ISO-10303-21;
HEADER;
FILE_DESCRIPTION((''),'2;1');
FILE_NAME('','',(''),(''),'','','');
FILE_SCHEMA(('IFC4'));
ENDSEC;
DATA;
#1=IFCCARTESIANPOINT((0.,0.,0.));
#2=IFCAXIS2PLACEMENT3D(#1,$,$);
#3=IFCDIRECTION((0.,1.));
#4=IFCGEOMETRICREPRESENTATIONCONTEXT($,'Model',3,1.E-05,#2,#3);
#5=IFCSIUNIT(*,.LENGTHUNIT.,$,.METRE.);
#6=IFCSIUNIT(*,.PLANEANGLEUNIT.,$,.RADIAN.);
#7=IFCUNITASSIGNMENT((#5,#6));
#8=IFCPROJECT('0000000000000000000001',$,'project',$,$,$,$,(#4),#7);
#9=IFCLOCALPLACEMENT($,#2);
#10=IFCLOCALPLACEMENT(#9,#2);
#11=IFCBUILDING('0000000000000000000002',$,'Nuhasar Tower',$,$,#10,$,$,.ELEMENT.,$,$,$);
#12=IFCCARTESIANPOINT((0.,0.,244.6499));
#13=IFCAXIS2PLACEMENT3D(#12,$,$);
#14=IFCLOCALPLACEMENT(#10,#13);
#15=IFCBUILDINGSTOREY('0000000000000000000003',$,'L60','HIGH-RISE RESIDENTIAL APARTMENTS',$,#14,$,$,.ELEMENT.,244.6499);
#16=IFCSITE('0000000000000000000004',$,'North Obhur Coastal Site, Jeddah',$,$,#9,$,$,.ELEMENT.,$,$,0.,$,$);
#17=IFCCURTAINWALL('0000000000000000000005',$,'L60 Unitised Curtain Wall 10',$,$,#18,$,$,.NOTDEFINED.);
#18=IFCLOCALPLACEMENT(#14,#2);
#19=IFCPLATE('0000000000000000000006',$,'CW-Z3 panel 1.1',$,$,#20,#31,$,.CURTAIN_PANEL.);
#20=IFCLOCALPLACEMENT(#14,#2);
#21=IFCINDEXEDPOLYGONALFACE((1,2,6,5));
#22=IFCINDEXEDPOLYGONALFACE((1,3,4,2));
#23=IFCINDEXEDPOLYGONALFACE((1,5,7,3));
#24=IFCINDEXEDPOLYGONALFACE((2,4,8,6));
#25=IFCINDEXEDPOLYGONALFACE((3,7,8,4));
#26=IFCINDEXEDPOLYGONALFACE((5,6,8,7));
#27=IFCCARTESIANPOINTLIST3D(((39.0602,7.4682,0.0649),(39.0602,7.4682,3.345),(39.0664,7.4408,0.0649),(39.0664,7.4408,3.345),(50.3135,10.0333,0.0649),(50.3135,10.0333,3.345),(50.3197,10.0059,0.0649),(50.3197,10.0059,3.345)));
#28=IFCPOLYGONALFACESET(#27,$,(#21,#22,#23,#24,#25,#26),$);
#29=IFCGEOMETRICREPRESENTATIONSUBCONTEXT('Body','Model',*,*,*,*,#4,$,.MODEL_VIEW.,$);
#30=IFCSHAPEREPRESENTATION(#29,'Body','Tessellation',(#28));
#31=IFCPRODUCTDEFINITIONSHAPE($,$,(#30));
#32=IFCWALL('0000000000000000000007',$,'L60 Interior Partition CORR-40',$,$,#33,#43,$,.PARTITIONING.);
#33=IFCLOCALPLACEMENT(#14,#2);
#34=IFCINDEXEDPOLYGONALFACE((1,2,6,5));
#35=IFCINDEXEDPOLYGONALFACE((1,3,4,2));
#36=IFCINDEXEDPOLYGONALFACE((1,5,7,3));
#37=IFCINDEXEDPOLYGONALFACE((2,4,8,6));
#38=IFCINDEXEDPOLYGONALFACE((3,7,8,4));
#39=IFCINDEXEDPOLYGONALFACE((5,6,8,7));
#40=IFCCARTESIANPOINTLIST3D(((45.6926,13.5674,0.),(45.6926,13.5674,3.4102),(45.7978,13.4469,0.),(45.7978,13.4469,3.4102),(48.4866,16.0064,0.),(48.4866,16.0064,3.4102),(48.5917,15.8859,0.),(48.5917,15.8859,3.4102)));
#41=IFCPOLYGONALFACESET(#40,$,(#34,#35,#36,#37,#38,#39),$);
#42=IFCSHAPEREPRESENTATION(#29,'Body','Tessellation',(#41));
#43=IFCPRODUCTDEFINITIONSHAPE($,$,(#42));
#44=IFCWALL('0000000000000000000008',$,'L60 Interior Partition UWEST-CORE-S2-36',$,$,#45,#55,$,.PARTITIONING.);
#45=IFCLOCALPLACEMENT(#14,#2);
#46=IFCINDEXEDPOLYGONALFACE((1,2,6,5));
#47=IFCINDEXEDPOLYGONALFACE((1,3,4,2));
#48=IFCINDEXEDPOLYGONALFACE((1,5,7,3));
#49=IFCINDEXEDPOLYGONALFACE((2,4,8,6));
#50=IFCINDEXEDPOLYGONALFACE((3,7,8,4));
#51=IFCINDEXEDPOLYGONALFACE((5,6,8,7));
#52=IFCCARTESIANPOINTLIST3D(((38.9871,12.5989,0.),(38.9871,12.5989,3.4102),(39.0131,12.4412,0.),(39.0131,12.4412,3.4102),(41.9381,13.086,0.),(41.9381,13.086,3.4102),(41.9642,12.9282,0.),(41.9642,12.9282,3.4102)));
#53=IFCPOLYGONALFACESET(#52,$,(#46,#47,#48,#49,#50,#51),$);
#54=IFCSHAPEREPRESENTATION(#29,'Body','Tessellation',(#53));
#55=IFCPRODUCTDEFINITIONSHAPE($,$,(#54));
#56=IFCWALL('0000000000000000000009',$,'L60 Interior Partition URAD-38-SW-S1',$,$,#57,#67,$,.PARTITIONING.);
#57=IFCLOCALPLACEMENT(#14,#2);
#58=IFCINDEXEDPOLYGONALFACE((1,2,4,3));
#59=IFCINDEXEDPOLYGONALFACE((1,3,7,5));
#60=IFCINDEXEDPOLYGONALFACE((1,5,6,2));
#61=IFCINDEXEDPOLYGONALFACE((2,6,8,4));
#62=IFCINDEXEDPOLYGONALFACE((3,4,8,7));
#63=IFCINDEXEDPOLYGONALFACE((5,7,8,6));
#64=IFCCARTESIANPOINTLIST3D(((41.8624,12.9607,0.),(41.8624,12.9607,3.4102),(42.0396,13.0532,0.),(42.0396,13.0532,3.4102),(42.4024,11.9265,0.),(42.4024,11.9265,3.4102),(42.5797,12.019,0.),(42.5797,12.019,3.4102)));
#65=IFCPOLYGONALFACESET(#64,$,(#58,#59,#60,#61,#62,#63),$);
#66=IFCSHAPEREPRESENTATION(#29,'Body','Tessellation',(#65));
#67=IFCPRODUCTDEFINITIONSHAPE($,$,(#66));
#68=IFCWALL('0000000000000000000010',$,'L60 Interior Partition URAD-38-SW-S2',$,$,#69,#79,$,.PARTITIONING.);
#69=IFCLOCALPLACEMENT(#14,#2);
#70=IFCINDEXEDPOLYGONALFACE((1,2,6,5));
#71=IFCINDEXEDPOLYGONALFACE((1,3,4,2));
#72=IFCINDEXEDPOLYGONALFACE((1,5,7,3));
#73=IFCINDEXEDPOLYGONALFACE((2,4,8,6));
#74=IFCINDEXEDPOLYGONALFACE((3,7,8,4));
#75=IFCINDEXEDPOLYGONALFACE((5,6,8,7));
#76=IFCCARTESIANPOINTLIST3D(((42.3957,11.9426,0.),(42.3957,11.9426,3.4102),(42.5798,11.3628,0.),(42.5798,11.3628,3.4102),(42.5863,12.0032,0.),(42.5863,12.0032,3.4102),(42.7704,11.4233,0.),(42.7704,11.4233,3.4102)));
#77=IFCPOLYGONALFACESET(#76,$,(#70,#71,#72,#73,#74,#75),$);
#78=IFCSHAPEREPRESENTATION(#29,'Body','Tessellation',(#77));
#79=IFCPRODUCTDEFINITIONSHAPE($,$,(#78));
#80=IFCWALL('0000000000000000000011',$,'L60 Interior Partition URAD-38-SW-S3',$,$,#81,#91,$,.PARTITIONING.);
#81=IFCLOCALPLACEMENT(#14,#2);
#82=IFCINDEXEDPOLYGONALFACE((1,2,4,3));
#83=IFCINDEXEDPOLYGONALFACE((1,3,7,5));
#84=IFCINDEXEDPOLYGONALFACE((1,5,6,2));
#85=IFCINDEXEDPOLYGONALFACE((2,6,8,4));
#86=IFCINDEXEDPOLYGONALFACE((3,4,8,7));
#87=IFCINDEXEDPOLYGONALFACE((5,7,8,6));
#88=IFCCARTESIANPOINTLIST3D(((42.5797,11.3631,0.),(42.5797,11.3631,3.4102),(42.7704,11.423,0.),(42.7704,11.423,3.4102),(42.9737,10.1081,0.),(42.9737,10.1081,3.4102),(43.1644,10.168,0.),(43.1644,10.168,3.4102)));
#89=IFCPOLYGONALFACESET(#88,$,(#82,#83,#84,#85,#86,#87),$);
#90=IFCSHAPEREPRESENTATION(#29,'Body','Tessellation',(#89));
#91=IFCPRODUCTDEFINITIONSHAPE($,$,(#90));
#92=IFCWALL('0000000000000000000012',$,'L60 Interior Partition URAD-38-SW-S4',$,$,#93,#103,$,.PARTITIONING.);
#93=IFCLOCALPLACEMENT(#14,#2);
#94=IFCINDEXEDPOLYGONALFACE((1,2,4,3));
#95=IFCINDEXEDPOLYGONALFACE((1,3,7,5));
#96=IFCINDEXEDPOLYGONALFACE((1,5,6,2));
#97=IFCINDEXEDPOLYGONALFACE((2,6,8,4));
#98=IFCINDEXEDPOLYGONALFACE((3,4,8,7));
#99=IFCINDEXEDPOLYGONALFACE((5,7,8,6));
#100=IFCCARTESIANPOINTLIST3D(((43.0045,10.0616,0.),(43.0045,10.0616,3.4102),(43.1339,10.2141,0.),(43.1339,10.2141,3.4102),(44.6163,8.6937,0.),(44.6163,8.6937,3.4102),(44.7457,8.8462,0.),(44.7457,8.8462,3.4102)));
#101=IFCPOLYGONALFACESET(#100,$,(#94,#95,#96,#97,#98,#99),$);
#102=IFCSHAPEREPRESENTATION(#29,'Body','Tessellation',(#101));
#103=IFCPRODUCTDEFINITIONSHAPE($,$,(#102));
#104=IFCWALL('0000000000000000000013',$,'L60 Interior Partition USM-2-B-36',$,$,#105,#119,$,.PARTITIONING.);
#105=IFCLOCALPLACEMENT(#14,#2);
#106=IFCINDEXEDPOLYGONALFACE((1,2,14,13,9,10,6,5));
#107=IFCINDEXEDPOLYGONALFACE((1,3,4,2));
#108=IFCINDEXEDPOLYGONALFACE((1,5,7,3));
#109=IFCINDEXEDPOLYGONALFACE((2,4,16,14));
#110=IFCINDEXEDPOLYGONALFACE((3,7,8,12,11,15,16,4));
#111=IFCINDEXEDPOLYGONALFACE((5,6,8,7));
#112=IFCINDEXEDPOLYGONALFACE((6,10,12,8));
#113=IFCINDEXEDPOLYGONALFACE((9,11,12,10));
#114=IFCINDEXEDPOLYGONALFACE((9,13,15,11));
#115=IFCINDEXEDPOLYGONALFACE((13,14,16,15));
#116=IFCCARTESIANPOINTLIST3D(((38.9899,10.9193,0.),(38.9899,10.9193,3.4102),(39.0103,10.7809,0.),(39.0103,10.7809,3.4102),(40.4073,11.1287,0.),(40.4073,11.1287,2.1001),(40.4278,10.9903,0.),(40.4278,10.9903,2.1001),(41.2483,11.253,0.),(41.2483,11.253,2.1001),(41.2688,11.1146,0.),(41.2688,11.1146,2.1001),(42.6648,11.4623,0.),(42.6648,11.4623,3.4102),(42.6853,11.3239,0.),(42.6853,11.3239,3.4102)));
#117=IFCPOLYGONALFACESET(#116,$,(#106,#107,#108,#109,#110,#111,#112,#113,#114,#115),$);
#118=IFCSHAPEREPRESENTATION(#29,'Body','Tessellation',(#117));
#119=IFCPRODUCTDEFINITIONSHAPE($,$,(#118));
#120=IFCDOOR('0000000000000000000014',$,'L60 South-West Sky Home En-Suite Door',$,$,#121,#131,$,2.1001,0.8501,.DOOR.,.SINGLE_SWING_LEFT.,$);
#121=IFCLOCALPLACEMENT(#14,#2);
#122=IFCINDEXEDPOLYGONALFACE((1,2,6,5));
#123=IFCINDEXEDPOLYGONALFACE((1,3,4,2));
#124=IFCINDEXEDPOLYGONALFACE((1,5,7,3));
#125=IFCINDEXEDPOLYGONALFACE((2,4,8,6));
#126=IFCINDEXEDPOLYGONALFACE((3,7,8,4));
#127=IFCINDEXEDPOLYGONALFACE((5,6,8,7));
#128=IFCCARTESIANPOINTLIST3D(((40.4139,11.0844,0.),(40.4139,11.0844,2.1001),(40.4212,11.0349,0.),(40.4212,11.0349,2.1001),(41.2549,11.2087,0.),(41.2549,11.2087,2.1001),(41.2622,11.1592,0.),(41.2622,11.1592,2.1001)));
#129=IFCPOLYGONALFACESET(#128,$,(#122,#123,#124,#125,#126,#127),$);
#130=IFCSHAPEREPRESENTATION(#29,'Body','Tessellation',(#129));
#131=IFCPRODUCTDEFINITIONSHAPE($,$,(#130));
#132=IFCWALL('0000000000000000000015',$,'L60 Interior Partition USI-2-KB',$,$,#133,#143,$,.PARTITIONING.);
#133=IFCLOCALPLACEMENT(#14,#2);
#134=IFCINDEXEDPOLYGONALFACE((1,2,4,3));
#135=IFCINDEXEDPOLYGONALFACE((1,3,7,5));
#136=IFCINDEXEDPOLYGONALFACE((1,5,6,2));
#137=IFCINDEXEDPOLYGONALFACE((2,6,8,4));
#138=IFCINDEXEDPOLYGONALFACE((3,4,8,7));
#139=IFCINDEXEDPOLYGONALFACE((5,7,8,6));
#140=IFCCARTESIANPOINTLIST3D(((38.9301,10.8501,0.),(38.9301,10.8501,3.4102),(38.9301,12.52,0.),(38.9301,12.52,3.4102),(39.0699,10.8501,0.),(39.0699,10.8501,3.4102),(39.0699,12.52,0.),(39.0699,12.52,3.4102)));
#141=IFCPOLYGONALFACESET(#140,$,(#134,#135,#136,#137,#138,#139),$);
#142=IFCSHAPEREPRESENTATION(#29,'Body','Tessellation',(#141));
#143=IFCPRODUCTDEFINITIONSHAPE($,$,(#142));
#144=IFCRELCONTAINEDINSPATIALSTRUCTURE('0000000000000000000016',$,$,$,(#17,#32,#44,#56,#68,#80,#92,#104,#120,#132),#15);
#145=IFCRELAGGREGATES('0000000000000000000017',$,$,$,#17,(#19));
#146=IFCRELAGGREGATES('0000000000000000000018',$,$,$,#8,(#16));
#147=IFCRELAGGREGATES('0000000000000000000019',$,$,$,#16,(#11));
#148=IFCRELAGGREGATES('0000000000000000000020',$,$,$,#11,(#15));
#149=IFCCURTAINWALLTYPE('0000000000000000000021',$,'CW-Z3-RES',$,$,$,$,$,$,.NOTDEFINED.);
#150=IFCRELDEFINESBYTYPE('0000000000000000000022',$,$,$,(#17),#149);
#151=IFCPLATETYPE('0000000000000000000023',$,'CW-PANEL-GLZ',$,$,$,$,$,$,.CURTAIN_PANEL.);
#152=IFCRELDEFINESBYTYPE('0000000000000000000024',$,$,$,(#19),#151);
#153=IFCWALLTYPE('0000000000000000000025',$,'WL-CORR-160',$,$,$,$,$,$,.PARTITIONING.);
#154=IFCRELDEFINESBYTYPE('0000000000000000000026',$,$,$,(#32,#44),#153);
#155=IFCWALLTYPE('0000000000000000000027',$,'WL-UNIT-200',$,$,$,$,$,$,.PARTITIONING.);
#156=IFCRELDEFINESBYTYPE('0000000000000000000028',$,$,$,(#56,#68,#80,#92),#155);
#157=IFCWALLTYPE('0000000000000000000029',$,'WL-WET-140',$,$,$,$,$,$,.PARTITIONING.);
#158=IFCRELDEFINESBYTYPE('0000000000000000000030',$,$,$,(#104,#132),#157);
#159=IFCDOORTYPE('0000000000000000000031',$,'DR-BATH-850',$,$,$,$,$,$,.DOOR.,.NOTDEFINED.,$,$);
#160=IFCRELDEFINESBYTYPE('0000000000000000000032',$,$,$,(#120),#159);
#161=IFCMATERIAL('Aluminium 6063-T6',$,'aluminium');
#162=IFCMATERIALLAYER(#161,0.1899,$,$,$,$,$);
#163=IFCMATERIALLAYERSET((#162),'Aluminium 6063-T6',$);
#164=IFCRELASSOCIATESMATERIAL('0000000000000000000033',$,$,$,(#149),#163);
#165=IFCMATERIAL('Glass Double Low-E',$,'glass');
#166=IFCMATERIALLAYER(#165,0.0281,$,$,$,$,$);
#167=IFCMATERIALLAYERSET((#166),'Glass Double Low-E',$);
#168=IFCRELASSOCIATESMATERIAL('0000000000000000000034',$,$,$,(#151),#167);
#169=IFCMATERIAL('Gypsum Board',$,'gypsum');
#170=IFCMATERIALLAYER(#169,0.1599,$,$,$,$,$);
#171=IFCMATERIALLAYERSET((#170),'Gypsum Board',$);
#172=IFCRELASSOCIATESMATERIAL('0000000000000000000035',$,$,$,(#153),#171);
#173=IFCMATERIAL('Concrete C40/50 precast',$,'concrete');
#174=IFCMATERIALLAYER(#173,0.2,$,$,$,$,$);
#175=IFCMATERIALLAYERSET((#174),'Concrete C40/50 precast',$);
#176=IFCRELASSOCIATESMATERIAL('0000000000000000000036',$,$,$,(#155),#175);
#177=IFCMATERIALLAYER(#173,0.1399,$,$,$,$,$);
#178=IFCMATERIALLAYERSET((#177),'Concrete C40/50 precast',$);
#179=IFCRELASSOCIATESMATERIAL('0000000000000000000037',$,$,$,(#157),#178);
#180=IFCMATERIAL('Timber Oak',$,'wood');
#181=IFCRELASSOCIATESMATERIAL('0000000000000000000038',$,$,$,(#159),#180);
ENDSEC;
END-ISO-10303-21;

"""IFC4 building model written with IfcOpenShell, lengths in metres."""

from ifc_helpers import new_model, si_unit, direction, frame, frame_2d, origin, origin_2d, place, context, subcontext, project, spatial, rectangle, extrude, material, layer, layer_set, type_object, element, fill, aggregate, save


model = new_model("IFC4")

# Units and contexts
model_context = context("Model", 3, precision=1e-05, world=origin(), true_north=direction((0.0, 1.0)))
body_context = subcontext(model_context, "Body", "Model", "MODEL_VIEW")
ifc_project = project(units=[si_unit("LENGTHUNIT", "METRE"), si_unit("PLANEANGLEUNIT", "RADIAN")], contexts=[model_context])

# Site, building, storey
site_placement = place(None, origin())
site = spatial("IfcSite", under=ifc_project, at=site_placement, Name="North Obhur Coastal Site, Jeddah", CompositionType="ELEMENT", RefElevation=0.0)
building_placement = place(site_placement, origin())
building = spatial("IfcBuilding", under=site, at=building_placement, Name="Nuhasar Tower", CompositionType="ELEMENT")
storey_placement = place(building_placement, frame((0.0, 0.0, 244.6499)))
storey = spatial("IfcBuildingStorey", under=building, at=storey_placement, Name="L60", Description="HIGH-RISE RESIDENTIAL APARTMENTS", CompositionType="ELEMENT", Elevation=244.6499)

# Shared definitions
ifc_material_1 = material(Name="Aluminium 6063-T6", Category="aluminium")
ifc_layer_1 = layer(ifc_material_1, 0.1899)
ifc_layer_set_1 = layer_set([ifc_layer_1], Name="Aluminium 6063-T6")
curtain_wall_type = type_object("IfcCurtainWallType", Name="CW-Z3-RES", PredefinedType="NOTDEFINED", material=ifc_layer_set_1)

# Curtain wall
curtain_wall_1_placement = place(storey_placement, origin())
curtain_wall_1 = element("IfcCurtainWall", 1, at=curtain_wall_1_placement, inside=storey, type_object=curtain_wall_type, Name="L60 Unitised Curtain Wall 10", PredefinedType="NOTDEFINED")

# Plate
ifc_material_2 = material(Name="Glass Double Low-E", Category="glass")
ifc_layer_2 = layer(ifc_material_2, 0.0281)
ifc_layer_set_2 = layer_set([ifc_layer_2], Name="Glass Double Low-E")
plate_type = type_object("IfcPlateType", Name="CW-PANEL-GLZ", PredefinedType="CURTAIN_PANEL", material=ifc_layer_set_2)
plate_placement = place(storey_placement, frame((44.6899, 8.7371, 0.0649), z_axis=(0.0, 0.0, 1.0), x_axis=(0.974991, 0.222243, 0.0)))
plate = element("IfcPlate", 2, at=plate_placement, type_object=plate_type, Name="CW-Z3 panel 1.1", PredefinedType="CURTAIN_PANEL", context=body_context, shape_type="SweptSolid", body=[
    extrude(rectangle(XDim=11.542, YDim=0.0281, at=origin_2d()), origin(), (0.0, 0.0, 1.0), 3.28),
])
aggregate(curtain_wall_1, [plate])

# Shared definitions
ifc_material_3 = material(Name="Gypsum Board", Category="gypsum")
ifc_layer_3 = layer(ifc_material_3, 0.1599)
ifc_layer_set_3 = layer_set([ifc_layer_3], Name="Gypsum Board")
wall_type_1 = type_object("IfcWallType", Name="WL-CORR-160", PredefinedType="PARTITIONING", material=ifc_layer_set_3)
ifc_material_4 = material(Name="Timber Oak", Category="wood")

# Walls
wall_1_placement = place(storey_placement, frame((45.7451, 13.5071, 0.0), z_axis=(0.0, 0.0, 1.0), x_axis=(0.753343, 0.657628, 0.0)))
element("IfcWall", 3, at=wall_1_placement, inside=storey, type_object=wall_type_1, Name="L60 Interior Partition CORR-40", PredefinedType="PARTITIONING", context=body_context, shape_type="SweptSolid", body=[
    extrude(rectangle(XDim=3.7087, YDim=0.1599, at=frame_2d((1.8545, 0.0))), origin(), (0.0, 0.0, 1.0), 3.4102),
])
wall_2_placement = place(storey_placement, frame((39.0, 12.52, 0.0), z_axis=(0.0, 0.0, 1.0), x_axis=(0.986651, 0.16285, 0.0)))
element("IfcWall", 4, at=wall_2_placement, inside=storey, type_object=wall_type_1, Name="L60 Interior Partition UWEST-CORE-S2-36", PredefinedType="PARTITIONING", context=body_context, shape_type="SweptSolid", body=[
    extrude(rectangle(XDim=2.991, YDim=0.1599, at=frame_2d((1.4956, 0.0))), origin(), (0.0, 0.0, 1.0), 3.4102),
])
ifc_material_5 = material(Name="Concrete C40/50 precast", Category="concrete")
ifc_layer_4 = layer(ifc_material_5, 0.2)
ifc_layer_set_4 = layer_set([ifc_layer_4], Name="Concrete C40/50 precast")
wall_type_2 = type_object("IfcWallType", Name="WL-UNIT-200", PredefinedType="PARTITIONING", material=ifc_layer_set_4)
wall_3_placement = place(storey_placement, frame((41.9509, 13.0071, 0.0), z_axis=(0.0, 0.0, 1.0), x_axis=(0.462881, -0.886421, 0.0)))
element("IfcWall", 5, at=wall_3_placement, inside=storey, type_object=wall_type_2, Name="L60 Interior Partition URAD-38-SW-S1", PredefinedType="PARTITIONING", context=body_context, shape_type="SweptSolid", body=[
    extrude(rectangle(XDim=1.1667, YDim=0.2, at=frame_2d((0.5835, 0.0))), origin(), (0.0, 0.0, 1.0), 3.4102),
])
wall_4_placement = place(storey_placement, frame((42.491, 11.9729, 0.0), z_axis=(0.0, 0.0, 1.0), x_axis=(0.302591, -0.953121, 0.0)))
element("IfcWall", 6, at=wall_4_placement, inside=storey, type_object=wall_type_2, Name="L60 Interior Partition URAD-38-SW-S2", PredefinedType="PARTITIONING", context=body_context, shape_type="SweptSolid", body=[
    extrude(rectangle(XDim=0.6084, YDim=0.2, at=frame_2d((0.3042, 0.0))), origin(), (0.0, 0.0, 1.0), 3.4102),
])
wall_5_placement = place(storey_placement, frame((42.675, 11.3931, 0.0), z_axis=(0.0, 0.0, 1.0), x_axis=(0.299532, -0.954086, 0.0)))
element("IfcWall", 7, at=wall_5_placement, inside=storey, type_object=wall_type_2, Name="L60 Interior Partition URAD-38-SW-S3", PredefinedType="PARTITIONING", context=body_context, shape_type="SweptSolid", body=[
    extrude(rectangle(XDim=1.3154, YDim=0.2, at=frame_2d((0.6577, 0.0))), origin(), (0.0, 0.0, 1.0), 3.4102),
])
wall_6_placement = place(storey_placement, frame((43.0691, 10.1379, 0.0), z_axis=(0.0, 0.0, 1.0), x_axis=(0.762435, -0.647065, 0.0)))
element("IfcWall", 8, at=wall_6_placement, inside=storey, type_object=wall_type_2, Name="L60 Interior Partition URAD-38-SW-S4", PredefinedType="PARTITIONING", context=body_context, shape_type="SweptSolid", body=[
    extrude(rectangle(XDim=2.114, YDim=0.2, at=frame_2d((1.0571, 0.0))), origin(), (0.0, 0.0, 1.0), 3.4102),
])

# Wall, opening, door
ifc_layer_5 = layer(ifc_material_5, 0.1399)
ifc_layer_set_5 = layer_set([ifc_layer_5], Name="Concrete C40/50 precast")
wall_type_3 = type_object("IfcWallType", Name="WL-WET-140", PredefinedType="PARTITIONING", material=ifc_layer_set_5)
wall_7_placement = place(storey_placement, frame((42.675, 11.3931, 0.0), z_axis=(0.0, 0.0, 1.0), x_axis=(-0.989261, -0.146158, 0.0)))
wall_7 = element("IfcWall", 9, at=wall_7_placement, inside=storey, type_object=wall_type_3, Name="L60 Interior Partition USM-2-B-36", PredefinedType="PARTITIONING", context=body_context, shape_type="SweptSolid", body=[
    extrude(rectangle(XDim=3.7148, YDim=0.1399, at=frame_2d((1.8574, 0.0))), origin(), (0.0, 0.0, 1.0), 3.4102),
])
opening_1_placement = place(wall_7_placement, frame((1.4319, 0.0, 0.0)))
opening_1 = element("IfcOpeningElement", 10, at=opening_1_placement, cuts=wall_7, PredefinedType="OPENING", context=body_context, shape_type="SweptSolid", body=[
    extrude(rectangle(XDim=0.8501, YDim=2.1001, at=frame_2d((0.425, 1.05))), frame((0.0, 0.0801, 0.0), z_axis=(0.0, -1.0, 0.0), x_axis=(1.0, 0.0, 0.0)), (0.0, 0.0, 1.0), 0.1599),
])
door_type_1 = type_object("IfcDoorType", Name="DR-BATH-850", OperationType="NOTDEFINED", PredefinedType="DOOR", material=ifc_material_4)
door_1_placement = place(opening_1_placement, origin())
door_1 = element("IfcDoor", 11, at=door_1_placement, inside=storey, type_object=door_type_1, Name="L60 South-West Sky Home En-Suite Door", OperationType="SINGLE_SWING_LEFT", OverallHeight=2.1001, OverallWidth=0.8501, PredefinedType="DOOR", context=body_context, shape_type="SweptSolid", body=[
    extrude(rectangle(XDim=0.8501, YDim=2.1001, at=frame_2d((0.425, 1.05))), frame((0.0, 0.0249, 0.0), z_axis=(0.0, -1.0, 0.0), x_axis=(1.0, 0.0, 0.0)), (0.0, 0.0, 1.0), 0.05),
])
fill(opening_1, door_1)

# Wall
wall_8_placement = place(storey_placement, frame((39.0, 12.52, 0.0), z_axis=(0.0, 0.0, 1.0), x_axis=(0.0, -1.0, 0.0)))
element("IfcWall", 12, at=wall_8_placement, inside=storey, type_object=wall_type_3, Name="L60 Interior Partition USI-2-KB", PredefinedType="PARTITIONING", context=body_context, shape_type="SweptSolid", body=[
    extrude(rectangle(XDim=1.6699, YDim=0.1399, at=frame_2d((0.835, 0.0))), origin(), (0.0, 0.0, 1.0), 3.4102),
])

save(model, "model.ifc")
